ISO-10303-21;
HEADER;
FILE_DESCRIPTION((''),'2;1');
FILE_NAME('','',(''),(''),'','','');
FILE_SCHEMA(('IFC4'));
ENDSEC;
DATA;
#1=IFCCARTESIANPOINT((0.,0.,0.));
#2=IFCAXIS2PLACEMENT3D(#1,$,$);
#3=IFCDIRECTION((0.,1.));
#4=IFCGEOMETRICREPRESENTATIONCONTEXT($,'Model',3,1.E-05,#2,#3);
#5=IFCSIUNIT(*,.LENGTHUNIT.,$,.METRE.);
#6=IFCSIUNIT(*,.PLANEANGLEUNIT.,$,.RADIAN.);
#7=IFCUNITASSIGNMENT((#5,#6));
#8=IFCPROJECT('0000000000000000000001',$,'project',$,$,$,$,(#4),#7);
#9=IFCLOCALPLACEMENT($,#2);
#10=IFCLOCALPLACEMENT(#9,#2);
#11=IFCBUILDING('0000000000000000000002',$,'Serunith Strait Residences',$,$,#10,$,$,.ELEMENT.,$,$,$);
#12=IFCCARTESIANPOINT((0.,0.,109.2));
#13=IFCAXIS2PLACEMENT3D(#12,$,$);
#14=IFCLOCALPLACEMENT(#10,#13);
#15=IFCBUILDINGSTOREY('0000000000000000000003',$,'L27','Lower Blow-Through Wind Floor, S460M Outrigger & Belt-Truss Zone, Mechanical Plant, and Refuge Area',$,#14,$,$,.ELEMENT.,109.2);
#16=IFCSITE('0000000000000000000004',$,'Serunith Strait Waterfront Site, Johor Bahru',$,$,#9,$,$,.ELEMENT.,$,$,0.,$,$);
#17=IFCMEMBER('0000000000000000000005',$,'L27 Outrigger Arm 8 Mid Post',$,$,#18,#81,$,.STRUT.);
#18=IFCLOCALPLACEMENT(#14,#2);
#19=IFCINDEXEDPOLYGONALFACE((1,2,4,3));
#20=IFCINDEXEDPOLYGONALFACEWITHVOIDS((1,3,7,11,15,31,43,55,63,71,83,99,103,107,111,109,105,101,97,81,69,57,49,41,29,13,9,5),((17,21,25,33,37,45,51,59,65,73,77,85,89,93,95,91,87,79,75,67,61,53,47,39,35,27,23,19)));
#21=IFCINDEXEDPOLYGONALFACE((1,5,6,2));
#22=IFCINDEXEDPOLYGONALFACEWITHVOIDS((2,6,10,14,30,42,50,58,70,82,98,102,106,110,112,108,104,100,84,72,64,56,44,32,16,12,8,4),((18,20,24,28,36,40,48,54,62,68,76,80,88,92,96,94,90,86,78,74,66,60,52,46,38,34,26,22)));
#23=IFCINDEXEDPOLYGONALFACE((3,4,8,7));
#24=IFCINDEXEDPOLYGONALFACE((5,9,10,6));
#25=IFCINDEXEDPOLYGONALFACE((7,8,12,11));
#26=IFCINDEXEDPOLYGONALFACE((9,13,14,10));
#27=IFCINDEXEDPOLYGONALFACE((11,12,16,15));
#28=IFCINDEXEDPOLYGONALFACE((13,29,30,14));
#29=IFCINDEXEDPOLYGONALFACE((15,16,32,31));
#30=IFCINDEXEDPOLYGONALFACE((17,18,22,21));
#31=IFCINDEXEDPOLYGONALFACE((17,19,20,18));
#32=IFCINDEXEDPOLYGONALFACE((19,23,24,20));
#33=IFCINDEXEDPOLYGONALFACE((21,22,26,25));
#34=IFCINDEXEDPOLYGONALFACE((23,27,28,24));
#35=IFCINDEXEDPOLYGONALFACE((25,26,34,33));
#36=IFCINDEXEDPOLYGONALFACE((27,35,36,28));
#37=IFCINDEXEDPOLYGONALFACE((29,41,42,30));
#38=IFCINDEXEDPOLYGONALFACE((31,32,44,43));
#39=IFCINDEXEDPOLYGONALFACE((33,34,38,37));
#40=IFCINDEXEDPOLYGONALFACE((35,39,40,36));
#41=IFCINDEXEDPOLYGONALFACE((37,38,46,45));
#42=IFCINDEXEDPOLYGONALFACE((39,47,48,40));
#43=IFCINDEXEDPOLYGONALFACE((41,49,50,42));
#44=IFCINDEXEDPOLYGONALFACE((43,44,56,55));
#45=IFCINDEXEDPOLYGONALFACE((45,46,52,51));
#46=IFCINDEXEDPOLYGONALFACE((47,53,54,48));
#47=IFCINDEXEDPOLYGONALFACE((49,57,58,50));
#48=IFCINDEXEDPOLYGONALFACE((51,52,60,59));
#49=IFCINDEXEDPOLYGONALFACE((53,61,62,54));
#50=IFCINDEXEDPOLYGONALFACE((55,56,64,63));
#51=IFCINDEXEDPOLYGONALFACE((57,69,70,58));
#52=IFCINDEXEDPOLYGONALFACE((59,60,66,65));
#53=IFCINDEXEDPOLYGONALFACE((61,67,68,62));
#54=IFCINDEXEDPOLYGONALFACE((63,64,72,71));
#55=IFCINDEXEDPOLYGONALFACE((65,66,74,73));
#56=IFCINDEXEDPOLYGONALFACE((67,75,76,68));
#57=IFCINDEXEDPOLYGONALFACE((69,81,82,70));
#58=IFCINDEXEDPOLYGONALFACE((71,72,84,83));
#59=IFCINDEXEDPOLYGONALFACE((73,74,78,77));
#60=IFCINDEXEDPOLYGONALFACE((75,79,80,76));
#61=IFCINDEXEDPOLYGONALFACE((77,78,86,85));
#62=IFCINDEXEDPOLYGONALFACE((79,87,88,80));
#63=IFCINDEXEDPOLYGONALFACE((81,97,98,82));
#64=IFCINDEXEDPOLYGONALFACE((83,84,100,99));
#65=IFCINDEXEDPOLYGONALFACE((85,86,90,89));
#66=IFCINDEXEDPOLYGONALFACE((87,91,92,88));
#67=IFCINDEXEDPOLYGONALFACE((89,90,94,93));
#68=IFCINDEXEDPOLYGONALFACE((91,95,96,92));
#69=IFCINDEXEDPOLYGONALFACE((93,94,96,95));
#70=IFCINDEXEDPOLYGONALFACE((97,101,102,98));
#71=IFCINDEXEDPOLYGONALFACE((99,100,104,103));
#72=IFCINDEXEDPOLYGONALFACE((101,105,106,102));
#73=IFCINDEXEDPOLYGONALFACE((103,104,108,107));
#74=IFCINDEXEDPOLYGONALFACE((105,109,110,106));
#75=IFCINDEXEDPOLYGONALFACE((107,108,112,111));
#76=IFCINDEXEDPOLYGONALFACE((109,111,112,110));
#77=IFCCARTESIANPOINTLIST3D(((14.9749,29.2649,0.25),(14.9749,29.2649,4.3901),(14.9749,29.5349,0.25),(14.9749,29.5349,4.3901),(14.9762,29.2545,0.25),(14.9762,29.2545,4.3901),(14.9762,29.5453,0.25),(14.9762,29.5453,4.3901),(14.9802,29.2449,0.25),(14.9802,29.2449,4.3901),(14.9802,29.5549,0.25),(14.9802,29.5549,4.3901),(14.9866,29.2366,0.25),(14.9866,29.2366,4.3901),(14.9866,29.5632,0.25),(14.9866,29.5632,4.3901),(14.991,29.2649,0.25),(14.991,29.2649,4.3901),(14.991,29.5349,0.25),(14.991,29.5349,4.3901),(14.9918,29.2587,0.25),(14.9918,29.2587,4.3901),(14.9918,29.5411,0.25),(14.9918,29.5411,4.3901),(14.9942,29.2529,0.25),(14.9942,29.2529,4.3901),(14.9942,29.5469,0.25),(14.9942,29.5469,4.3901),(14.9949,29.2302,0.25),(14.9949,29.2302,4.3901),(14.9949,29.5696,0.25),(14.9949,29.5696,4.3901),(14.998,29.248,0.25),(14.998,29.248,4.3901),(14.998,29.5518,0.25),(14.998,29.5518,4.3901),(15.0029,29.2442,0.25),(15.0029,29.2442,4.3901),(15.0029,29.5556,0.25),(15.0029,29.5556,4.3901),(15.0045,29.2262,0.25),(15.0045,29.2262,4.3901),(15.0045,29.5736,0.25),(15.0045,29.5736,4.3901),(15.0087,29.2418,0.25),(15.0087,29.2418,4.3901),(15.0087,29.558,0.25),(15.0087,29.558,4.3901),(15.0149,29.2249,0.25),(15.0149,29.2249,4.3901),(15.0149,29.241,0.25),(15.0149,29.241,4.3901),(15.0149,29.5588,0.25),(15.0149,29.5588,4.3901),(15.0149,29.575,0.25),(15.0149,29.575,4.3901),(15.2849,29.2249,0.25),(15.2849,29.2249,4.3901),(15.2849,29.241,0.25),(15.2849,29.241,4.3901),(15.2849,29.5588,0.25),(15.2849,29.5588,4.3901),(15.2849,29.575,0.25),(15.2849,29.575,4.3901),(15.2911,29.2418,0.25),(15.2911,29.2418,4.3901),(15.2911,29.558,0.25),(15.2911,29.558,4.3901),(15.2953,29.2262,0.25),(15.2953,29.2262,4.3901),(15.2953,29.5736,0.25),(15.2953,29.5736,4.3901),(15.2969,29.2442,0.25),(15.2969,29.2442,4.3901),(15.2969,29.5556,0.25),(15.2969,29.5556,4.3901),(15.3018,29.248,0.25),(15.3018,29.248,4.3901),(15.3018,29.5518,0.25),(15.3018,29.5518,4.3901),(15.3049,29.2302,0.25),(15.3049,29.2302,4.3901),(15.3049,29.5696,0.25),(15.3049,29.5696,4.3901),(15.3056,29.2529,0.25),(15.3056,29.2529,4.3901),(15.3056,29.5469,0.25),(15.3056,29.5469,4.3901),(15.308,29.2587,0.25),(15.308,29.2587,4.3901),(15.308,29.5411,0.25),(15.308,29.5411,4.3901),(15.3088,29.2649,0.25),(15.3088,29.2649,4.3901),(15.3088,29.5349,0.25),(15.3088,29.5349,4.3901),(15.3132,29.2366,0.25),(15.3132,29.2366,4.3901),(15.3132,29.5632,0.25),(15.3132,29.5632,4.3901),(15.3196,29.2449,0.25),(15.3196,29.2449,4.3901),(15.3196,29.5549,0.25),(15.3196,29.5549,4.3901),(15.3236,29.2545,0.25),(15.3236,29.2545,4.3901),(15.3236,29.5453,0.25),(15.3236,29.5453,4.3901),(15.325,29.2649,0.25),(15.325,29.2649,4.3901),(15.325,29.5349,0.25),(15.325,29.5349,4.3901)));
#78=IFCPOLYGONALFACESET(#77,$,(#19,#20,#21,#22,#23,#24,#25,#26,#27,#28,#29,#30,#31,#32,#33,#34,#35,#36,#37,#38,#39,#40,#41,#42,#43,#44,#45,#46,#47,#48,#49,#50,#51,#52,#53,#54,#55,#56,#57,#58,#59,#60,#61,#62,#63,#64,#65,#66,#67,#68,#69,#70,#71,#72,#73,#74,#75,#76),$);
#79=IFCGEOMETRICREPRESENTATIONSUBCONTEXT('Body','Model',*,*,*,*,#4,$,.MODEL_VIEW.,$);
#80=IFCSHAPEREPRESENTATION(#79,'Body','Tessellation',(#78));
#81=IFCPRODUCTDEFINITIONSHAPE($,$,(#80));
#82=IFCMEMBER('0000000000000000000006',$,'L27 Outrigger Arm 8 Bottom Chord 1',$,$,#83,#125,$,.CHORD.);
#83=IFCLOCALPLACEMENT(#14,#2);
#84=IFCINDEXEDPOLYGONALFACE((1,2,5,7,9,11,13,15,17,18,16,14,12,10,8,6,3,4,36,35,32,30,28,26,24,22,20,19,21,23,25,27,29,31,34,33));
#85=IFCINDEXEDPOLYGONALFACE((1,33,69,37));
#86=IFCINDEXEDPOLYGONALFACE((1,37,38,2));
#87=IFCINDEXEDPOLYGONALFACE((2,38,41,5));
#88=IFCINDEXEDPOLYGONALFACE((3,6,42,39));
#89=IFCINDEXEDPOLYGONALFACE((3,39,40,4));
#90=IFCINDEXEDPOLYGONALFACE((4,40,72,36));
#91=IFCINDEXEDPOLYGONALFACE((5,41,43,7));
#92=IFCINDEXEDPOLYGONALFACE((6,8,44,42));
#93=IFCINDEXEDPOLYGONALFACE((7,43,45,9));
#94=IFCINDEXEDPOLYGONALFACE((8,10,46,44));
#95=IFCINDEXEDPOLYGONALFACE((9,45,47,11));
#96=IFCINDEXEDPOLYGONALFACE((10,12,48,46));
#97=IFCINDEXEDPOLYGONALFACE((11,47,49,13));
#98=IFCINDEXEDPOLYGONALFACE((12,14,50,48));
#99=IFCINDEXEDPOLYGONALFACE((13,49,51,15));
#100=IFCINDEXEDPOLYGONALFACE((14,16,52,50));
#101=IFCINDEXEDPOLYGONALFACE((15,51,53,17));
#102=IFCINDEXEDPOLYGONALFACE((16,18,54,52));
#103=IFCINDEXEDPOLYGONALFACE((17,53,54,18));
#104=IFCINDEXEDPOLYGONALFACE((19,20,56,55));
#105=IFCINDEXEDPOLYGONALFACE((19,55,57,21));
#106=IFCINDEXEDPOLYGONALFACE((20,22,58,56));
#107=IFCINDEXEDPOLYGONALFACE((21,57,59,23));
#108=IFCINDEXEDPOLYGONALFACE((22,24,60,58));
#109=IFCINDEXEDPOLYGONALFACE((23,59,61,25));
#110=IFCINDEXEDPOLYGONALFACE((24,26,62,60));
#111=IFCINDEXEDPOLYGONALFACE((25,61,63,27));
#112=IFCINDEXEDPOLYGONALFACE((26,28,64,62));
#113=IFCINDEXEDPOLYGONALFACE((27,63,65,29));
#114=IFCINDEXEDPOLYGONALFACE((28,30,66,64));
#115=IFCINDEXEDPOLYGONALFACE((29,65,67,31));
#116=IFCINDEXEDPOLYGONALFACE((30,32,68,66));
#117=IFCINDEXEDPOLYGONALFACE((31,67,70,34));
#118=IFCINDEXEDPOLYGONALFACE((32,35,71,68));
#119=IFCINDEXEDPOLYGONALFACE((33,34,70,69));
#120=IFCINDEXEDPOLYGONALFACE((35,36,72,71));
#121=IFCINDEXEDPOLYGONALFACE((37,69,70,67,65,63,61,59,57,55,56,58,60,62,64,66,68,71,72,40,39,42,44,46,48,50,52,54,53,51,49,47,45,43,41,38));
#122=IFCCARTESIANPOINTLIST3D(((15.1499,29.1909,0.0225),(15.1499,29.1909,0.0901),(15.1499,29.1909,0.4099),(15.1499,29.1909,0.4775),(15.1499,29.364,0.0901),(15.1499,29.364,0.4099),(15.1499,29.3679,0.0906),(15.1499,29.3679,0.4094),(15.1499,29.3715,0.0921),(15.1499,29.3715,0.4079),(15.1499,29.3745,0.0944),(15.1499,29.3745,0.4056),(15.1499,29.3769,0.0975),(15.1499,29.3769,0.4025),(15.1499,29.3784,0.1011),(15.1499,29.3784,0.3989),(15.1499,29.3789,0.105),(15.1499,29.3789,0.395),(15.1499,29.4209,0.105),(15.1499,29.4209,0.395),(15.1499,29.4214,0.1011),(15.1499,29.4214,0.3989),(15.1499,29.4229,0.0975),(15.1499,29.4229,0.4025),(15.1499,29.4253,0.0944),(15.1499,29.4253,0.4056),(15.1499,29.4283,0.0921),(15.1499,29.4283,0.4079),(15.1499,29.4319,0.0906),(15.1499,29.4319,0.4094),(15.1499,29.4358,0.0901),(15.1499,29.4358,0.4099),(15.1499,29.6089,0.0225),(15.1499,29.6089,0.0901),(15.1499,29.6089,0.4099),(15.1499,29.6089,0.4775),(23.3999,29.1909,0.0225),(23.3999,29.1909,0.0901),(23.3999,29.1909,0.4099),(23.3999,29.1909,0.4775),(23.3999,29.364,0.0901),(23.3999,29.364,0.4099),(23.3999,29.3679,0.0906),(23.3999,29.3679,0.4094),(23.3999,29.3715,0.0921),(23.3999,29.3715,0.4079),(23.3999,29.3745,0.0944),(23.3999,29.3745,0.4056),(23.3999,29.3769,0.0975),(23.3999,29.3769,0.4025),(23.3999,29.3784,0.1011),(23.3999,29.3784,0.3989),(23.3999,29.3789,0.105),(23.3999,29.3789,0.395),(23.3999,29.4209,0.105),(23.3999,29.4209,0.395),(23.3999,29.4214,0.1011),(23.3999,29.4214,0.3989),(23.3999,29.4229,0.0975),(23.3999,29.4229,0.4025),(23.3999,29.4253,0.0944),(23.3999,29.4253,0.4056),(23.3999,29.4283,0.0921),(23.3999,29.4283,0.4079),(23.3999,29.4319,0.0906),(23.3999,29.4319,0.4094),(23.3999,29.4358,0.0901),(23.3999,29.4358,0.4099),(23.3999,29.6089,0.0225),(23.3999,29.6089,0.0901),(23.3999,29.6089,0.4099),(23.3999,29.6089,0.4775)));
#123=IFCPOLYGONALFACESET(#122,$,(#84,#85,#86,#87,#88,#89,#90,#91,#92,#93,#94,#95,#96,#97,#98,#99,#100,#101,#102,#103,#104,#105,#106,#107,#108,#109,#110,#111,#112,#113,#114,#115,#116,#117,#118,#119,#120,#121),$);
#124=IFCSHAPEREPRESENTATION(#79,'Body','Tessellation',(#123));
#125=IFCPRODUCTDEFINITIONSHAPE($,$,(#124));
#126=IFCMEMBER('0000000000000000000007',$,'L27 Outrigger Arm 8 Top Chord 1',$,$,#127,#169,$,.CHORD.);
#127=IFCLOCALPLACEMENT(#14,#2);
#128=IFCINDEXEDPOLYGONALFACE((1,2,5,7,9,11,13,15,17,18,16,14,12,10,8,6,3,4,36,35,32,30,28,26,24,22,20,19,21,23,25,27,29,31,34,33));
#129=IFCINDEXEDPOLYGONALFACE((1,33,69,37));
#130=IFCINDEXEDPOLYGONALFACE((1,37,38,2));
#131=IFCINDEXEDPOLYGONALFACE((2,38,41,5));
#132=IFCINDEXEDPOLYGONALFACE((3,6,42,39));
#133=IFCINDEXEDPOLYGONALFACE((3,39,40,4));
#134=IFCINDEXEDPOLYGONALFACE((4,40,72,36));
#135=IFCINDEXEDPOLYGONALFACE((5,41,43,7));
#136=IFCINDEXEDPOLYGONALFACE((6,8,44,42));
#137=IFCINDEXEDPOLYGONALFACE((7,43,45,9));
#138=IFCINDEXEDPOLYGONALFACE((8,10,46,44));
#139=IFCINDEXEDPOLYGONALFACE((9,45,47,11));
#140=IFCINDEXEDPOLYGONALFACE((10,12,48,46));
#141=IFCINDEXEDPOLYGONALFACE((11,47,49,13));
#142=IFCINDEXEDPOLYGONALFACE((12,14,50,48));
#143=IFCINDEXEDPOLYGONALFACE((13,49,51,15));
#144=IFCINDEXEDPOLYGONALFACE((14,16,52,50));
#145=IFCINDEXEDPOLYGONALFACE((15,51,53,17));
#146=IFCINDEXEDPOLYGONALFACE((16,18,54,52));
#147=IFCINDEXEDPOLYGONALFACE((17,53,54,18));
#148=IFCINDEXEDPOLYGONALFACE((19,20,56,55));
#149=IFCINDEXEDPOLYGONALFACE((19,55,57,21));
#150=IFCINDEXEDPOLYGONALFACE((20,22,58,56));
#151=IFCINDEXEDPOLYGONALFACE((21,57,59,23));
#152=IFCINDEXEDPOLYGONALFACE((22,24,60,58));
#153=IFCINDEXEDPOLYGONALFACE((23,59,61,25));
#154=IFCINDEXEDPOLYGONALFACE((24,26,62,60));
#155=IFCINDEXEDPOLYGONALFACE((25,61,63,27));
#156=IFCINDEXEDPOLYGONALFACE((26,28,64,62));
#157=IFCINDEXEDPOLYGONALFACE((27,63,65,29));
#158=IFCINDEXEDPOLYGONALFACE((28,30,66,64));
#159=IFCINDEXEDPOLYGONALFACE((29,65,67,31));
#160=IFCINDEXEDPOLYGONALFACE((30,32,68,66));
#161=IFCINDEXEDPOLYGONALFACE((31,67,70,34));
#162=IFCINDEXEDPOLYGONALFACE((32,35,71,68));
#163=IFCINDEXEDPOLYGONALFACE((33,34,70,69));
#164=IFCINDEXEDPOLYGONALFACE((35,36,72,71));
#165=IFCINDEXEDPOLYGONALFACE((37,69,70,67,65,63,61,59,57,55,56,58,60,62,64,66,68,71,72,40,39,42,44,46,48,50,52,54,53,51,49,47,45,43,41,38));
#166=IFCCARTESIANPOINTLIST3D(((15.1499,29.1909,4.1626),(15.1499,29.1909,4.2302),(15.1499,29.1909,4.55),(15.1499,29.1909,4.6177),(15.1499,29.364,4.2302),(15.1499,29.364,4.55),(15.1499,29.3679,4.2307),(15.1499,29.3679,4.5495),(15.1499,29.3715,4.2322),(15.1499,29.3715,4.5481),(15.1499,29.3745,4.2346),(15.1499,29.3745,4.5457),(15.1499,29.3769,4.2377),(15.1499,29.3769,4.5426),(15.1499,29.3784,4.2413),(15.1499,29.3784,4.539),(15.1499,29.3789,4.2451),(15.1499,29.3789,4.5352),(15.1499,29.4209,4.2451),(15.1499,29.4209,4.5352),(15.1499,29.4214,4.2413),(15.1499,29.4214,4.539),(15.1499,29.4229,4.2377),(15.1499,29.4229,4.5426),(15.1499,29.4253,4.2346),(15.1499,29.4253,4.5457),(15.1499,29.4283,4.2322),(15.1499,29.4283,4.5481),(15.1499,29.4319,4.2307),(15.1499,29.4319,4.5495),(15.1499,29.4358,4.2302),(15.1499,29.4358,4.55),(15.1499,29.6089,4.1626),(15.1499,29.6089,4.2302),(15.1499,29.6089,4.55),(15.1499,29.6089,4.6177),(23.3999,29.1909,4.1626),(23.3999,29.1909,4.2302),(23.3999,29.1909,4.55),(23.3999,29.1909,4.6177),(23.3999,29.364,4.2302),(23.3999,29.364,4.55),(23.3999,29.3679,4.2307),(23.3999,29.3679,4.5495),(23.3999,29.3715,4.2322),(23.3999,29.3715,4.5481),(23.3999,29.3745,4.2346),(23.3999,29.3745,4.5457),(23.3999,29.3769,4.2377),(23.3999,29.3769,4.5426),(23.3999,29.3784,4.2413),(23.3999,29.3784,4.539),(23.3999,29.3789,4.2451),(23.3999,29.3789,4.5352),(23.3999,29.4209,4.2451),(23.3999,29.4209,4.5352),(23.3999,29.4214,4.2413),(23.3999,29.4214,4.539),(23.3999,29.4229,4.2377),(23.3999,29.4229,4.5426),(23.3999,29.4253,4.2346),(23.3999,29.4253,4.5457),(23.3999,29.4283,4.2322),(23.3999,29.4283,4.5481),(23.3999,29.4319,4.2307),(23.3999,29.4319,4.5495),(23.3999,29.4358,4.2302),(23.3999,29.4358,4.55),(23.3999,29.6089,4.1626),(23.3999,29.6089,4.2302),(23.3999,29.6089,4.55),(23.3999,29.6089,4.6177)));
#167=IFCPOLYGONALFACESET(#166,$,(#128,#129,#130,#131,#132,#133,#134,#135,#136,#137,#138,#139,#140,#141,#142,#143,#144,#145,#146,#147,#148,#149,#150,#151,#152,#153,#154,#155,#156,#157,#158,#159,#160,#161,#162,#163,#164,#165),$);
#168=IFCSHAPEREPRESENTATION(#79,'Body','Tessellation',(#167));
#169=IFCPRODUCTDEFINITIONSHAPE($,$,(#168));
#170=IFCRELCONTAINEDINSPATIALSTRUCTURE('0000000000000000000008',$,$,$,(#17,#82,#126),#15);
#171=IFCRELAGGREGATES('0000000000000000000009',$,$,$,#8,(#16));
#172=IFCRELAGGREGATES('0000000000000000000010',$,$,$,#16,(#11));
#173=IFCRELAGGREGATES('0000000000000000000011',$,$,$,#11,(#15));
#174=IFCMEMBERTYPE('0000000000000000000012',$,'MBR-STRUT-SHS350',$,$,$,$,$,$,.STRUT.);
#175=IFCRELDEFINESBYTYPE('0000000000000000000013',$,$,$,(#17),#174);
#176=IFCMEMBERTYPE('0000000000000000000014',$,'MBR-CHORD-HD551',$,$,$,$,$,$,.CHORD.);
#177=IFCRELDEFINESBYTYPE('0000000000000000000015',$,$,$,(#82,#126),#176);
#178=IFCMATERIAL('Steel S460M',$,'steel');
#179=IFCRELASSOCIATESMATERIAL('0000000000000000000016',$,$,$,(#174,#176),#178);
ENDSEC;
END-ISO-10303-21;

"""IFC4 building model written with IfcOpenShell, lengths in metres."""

from ifc_helpers import new_model, si_unit, direction, frame, origin, origin_2d, place, context, subcontext, project, spatial, hollow_rectangle, i_section, extrude, source, transform, mapped, material, material_profile, profile_set, type_object, element, save


model = new_model("IFC4")

# Units and contexts
model_context = context("Model", 3, precision=1e-05, world=origin(), true_north=direction((0.0, 1.0)))
body_context = subcontext(model_context, "Body", "Model", "MODEL_VIEW")
ifc_project = project(units=[si_unit("LENGTHUNIT", "METRE"), si_unit("PLANEANGLEUNIT", "RADIAN")], contexts=[model_context])

# Site, building, storey
site_placement = place(None, origin())
site = spatial("IfcSite", under=ifc_project, at=site_placement, Name="Serunith Strait Waterfront Site, Johor Bahru", CompositionType="ELEMENT", RefElevation=0.0)
building_placement = place(site_placement, origin())
building = spatial("IfcBuilding", under=site, at=building_placement, Name="Serunith Strait Residences", CompositionType="ELEMENT")
storey_placement = place(building_placement, frame((0.0, 0.0, 109.2)))
storey = spatial("IfcBuildingStorey", under=building, at=storey_placement, Name="L27", Description="Lower Blow-Through Wind Floor, S460M Outrigger & Belt-Truss Zone, Mechanical Plant, and Refuge Area", CompositionType="ELEMENT", Elevation=109.2)

# Members
ifc_material_1 = material(Name="Steel S460M", Category="steel")
ifc_material_profile_1 = material_profile(ifc_material_1, hollow_rectangle(XDim=0.3501, YDim=0.3501, WallThickness=0.0161, InnerFilletRadius=0.0239, OuterFilletRadius=0.04, at=origin_2d()), Name="SHS 350x350x16")
ifc_profile_set_1 = profile_set([ifc_material_profile_1], Name="Steel S460M")
member_type_1 = type_object("IfcMemberType", Name="MBR-STRUT-SHS350", PredefinedType="STRUT", material=ifc_profile_set_1)
shared_shape_1 = source(origin(), body_context, "Body", "SweptSolid", [
    extrude(hollow_rectangle(XDim=0.3501, YDim=0.3501, WallThickness=0.0161, InnerFilletRadius=0.0239, OuterFilletRadius=0.04, at=origin_2d()), origin(), (0.0, 0.0, 1.0), 4.1401),
])
member_1_placement = place(storey_placement, frame((15.1499, 29.3999, 0.25), z_axis=(0.0, 0.0, 1.0), x_axis=(1.0, 0.0, 0.0)))
element("IfcMember", 1, at=member_1_placement, inside=storey, type_object=member_type_1, Name="L27 Outrigger Arm 8 Mid Post", PredefinedType="STRUT", context=body_context, shape_type="MappedRepresentation", body=[
    mapped(shared_shape_1, transform((0.0, 0.0, 0.0), scale=1.0)),
])
ifc_material_profile_2 = material_profile(ifc_material_1, i_section(OverallWidth=0.418, OverallDepth=0.4551, WebThickness=0.042, FlangeThickness=0.0676, FilletRadius=0.0149, at=origin_2d()), Name="HD 400x551")
ifc_profile_set_2 = profile_set([ifc_material_profile_2], Name="Steel S460M")
member_type_2 = type_object("IfcMemberType", Name="MBR-CHORD-HD551", PredefinedType="CHORD", material=ifc_profile_set_2)
shared_shape_2 = source(origin(), body_context, "Body", "SweptSolid", [
    extrude(i_section(OverallWidth=0.418, OverallDepth=0.4551, WebThickness=0.042, FlangeThickness=0.0676, FilletRadius=0.0149, at=origin_2d()), origin(), (0.0, 0.0, 1.0), 8.25),
])
for number, where, z_axis, x_axis, name in (
    (2, (23.3999, 29.3999, 0.25), (-1.0, 0.0, 0.0), (0.0, -1.0, 0.0), "L27 Outrigger Arm 8 Bottom Chord 1"),
    (3, (23.3999, 29.3999, 4.3901), (-1.0, 0.0, 0.0), (0.0, -1.0, 0.0), "L27 Outrigger Arm 8 Top Chord 1"),
):
    element("IfcMember", number, at=place(storey_placement, frame(where, z_axis=z_axis, x_axis=x_axis)), inside=storey, type_object=member_type_2, Name=name, PredefinedType="CHORD", context=body_context, shape_type="MappedRepresentation", body=[
        mapped(shared_shape_2, transform((0.0, 0.0, 0.0), scale=1.0)),
    ])

save(model, "model.ifc")
